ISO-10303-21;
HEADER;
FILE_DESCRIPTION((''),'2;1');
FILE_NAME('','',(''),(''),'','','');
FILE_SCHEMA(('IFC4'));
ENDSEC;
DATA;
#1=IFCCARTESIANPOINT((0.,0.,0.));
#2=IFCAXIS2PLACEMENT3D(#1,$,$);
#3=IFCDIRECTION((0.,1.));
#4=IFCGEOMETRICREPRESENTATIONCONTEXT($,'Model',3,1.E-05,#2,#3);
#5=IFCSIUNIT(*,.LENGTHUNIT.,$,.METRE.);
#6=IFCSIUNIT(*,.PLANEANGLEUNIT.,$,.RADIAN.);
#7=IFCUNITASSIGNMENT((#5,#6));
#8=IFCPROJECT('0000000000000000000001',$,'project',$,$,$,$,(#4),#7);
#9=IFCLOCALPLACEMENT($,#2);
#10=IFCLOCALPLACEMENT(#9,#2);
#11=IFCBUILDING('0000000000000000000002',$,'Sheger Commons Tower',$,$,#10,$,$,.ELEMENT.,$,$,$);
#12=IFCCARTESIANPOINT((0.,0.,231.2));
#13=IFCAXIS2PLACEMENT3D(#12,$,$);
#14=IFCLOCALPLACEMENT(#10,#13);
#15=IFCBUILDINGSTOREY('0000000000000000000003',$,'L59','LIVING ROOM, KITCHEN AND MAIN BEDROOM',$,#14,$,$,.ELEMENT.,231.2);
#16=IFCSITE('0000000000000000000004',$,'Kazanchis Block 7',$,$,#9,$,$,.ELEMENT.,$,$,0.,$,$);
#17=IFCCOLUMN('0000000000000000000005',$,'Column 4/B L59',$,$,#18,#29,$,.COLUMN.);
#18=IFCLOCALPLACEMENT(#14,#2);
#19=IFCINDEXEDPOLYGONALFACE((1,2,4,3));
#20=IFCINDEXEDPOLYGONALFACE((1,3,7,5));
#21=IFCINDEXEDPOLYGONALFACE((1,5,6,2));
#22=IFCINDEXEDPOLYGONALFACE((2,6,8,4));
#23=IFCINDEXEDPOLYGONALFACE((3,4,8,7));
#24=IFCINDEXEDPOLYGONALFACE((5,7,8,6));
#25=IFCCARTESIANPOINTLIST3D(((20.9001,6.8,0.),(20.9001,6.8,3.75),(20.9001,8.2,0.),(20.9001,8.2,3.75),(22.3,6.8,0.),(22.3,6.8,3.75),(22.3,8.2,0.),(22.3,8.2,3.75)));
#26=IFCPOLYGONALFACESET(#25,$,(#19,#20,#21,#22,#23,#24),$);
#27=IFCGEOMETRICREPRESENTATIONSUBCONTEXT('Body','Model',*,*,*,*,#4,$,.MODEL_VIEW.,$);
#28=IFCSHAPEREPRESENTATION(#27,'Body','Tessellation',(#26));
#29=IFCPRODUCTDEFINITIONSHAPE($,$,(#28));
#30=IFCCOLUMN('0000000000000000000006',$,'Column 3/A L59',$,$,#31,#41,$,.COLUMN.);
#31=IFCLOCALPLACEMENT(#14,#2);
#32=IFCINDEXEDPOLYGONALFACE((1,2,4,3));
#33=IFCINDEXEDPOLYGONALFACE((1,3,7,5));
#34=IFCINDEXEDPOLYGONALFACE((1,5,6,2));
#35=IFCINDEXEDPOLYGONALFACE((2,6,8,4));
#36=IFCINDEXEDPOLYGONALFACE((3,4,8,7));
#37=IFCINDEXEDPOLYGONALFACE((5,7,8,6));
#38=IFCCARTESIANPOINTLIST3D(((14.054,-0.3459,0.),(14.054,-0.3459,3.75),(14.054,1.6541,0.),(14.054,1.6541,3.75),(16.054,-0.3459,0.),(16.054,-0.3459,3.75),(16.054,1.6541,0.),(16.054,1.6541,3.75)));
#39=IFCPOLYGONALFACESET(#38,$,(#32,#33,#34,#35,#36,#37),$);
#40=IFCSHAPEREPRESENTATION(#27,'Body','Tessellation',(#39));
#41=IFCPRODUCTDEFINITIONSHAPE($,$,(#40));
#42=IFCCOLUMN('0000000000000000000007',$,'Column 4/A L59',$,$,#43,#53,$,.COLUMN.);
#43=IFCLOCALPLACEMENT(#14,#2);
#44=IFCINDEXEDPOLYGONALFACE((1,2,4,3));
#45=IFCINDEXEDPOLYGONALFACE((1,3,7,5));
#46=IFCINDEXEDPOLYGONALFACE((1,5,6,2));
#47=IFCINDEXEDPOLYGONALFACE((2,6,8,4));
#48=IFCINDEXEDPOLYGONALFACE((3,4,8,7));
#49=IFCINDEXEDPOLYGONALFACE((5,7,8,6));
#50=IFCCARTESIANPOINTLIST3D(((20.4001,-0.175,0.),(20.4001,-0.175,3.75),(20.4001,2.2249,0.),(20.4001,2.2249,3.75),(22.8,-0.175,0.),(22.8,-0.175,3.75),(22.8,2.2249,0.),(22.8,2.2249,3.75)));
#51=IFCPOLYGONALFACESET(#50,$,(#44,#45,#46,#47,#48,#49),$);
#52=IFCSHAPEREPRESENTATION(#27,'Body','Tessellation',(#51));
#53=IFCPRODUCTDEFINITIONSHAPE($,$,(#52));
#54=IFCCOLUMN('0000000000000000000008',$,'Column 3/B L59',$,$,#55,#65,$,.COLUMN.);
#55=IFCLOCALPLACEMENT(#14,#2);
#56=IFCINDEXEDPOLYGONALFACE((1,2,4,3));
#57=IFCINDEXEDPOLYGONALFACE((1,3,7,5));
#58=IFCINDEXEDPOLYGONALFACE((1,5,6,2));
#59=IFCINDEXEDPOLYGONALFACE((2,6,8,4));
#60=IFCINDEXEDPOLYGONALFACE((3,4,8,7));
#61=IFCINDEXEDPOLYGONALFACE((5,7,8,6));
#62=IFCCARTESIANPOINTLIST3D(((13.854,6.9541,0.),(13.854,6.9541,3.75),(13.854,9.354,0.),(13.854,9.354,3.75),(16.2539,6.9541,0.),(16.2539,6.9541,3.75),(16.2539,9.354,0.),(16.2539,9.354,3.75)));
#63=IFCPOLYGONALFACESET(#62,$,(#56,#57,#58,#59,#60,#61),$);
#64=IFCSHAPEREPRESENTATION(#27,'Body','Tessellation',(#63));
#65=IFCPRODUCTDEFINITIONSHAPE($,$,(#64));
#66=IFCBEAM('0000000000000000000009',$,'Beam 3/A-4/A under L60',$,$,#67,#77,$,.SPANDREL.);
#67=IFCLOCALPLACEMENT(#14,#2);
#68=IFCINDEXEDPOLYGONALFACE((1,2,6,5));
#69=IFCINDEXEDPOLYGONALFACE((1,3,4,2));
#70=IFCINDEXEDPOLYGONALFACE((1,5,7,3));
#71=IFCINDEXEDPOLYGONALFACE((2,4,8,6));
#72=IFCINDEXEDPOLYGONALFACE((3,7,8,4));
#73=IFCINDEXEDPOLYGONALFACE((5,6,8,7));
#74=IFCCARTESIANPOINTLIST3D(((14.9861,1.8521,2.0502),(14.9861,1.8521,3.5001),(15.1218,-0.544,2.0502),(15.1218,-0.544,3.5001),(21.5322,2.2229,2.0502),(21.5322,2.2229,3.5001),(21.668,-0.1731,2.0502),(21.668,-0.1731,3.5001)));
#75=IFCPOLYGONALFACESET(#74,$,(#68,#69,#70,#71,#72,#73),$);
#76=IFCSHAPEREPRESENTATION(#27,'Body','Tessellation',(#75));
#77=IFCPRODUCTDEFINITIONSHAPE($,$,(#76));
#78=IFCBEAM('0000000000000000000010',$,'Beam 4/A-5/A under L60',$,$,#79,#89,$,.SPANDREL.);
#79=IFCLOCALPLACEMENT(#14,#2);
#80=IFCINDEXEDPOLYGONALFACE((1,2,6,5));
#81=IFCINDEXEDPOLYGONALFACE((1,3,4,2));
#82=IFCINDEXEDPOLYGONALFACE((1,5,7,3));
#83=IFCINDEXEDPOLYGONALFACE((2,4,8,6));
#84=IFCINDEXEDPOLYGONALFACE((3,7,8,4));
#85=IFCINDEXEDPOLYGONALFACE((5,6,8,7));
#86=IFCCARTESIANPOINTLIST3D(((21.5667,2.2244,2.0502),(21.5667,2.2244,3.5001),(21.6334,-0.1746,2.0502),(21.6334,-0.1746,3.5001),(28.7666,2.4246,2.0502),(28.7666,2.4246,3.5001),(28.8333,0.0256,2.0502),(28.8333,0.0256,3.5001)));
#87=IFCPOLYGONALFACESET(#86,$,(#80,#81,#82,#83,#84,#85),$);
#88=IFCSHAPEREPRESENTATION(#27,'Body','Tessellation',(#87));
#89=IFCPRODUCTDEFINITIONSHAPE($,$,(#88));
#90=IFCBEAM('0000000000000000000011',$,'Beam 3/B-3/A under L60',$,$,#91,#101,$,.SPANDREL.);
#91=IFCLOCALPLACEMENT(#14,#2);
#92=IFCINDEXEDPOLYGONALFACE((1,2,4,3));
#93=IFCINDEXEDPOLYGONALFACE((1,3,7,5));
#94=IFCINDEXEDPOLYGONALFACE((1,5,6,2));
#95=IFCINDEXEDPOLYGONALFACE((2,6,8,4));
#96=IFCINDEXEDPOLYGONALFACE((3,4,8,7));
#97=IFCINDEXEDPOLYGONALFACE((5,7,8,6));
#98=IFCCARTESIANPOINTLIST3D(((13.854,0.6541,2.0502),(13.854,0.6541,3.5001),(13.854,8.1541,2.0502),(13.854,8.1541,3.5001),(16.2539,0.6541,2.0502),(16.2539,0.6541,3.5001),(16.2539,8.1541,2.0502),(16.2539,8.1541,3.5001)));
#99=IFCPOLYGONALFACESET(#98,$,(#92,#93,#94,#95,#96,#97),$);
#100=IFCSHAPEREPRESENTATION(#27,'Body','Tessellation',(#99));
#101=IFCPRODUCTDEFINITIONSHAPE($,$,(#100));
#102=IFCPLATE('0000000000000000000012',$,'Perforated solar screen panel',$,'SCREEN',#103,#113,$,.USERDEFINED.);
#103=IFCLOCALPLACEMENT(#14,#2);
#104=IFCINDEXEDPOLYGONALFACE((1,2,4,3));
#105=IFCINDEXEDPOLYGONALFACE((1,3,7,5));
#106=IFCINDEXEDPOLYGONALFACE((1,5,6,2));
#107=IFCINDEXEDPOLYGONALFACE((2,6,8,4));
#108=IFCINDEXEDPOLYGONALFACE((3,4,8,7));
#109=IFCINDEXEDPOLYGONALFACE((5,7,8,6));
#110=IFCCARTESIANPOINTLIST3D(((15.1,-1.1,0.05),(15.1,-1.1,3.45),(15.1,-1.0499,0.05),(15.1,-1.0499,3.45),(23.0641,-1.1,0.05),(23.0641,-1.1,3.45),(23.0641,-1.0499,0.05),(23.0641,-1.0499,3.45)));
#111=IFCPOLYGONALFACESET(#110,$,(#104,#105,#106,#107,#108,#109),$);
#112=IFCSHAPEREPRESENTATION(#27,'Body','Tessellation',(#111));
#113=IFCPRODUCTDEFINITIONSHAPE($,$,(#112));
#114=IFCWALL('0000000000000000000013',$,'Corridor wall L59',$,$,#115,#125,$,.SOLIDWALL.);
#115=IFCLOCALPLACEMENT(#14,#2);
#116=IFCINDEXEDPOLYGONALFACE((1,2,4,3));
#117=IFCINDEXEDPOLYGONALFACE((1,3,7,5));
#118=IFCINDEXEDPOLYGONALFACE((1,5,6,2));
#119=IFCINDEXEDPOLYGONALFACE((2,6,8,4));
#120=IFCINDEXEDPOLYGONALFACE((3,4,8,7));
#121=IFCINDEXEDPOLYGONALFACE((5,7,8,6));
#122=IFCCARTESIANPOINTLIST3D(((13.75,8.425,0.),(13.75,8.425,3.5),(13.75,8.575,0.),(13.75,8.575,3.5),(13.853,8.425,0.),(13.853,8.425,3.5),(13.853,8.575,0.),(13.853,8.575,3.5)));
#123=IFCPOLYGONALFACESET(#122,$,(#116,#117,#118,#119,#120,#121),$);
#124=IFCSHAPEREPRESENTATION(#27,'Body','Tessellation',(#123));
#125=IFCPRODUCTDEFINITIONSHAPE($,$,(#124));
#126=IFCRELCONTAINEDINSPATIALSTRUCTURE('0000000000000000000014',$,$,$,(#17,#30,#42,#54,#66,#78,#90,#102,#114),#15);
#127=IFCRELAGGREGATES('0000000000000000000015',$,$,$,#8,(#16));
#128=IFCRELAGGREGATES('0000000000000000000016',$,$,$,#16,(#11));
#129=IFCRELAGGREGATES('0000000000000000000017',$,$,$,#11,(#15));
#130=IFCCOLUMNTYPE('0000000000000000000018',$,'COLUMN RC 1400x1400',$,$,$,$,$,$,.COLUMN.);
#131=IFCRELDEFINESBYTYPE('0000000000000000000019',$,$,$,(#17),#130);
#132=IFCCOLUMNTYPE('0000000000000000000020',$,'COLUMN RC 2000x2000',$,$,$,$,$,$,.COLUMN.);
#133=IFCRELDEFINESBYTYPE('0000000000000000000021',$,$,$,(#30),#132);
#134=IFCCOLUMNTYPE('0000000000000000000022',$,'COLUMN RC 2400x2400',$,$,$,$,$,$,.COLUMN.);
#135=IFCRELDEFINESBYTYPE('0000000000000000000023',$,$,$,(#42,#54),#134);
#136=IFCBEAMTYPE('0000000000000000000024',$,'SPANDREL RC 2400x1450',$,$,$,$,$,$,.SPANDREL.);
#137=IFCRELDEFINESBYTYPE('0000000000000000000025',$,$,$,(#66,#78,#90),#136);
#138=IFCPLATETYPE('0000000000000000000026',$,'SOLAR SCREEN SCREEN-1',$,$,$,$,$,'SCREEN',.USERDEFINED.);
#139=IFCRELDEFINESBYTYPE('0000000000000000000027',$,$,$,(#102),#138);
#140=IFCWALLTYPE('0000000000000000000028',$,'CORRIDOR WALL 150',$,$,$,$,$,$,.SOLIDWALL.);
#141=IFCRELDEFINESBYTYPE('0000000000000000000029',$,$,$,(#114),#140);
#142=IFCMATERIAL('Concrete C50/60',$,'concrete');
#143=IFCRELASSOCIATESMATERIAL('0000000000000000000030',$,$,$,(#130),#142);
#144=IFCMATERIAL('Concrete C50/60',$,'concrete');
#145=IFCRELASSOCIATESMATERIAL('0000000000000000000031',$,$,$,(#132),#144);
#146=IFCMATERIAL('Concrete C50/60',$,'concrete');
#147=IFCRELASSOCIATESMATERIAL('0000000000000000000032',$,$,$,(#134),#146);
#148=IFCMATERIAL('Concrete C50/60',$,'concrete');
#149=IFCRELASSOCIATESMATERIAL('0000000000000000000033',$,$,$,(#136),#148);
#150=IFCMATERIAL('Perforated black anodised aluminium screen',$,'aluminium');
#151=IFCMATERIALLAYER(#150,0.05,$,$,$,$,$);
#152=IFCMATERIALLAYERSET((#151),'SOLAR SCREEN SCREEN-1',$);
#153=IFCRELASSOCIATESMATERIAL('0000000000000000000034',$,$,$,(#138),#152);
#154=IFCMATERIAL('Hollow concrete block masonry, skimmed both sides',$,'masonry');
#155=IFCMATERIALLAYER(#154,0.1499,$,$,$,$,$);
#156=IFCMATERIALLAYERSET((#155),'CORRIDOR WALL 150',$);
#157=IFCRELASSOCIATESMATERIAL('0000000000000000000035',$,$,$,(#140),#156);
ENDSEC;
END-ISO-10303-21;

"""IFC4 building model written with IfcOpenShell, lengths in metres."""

from ifc_helpers import new_model, si_unit, direction, frame, frame_2d, origin, origin_2d, place, context, subcontext, project, spatial, rectangle, extrude, material, layer, layer_set, material_profile, profile_set, type_object, element, save


model = new_model("IFC4")

# Units and contexts
model_context = context("Model", 3, precision=1e-05, world=origin(), true_north=direction((0.0, 1.0)))
body_context = subcontext(model_context, "Body", "Model", "MODEL_VIEW")
ifc_project = project(units=[si_unit("LENGTHUNIT", "METRE"), si_unit("PLANEANGLEUNIT", "RADIAN")], contexts=[model_context])

# Site, building, storey
site_placement = place(None, origin())
site = spatial("IfcSite", under=ifc_project, at=site_placement, Name="Kazanchis Block 7", CompositionType="ELEMENT", RefElevation=0.0)
building_placement = place(site_placement, origin())
building = spatial("IfcBuilding", under=site, at=building_placement, Name="Sheger Commons Tower", CompositionType="ELEMENT")
storey_placement = place(building_placement, frame((0.0, 0.0, 231.2)))
storey = spatial("IfcBuildingStorey", under=building, at=storey_placement, Name="L59", Description="LIVING ROOM, KITCHEN AND MAIN BEDROOM", CompositionType="ELEMENT", Elevation=231.2)

# Columns
ifc_material_1 = material(Name="Concrete C50/60", Category="concrete")
ifc_material_profile_1 = material_profile(ifc_material_1, rectangle(XDim=1.3999, YDim=1.3999, at=origin_2d()), Name="RC 1400x1400")
ifc_profile_set_1 = profile_set([ifc_material_profile_1], Name="Concrete C50/60")
column_type_1 = type_object("IfcColumnType", Name="COLUMN RC 1400x1400", PredefinedType="COLUMN", material=ifc_profile_set_1)
column_1_placement = place(storey_placement, frame((21.6001, 7.5, 0.0), z_axis=(0.0, 0.0, 1.0), x_axis=(1.0, 0.0, 0.0)))
element("IfcColumn", 1, at=column_1_placement, inside=storey, type_object=column_type_1, Name="Column 4/B L59", PredefinedType="COLUMN", context=body_context, shape_type="SweptSolid", body=[
    extrude(rectangle(XDim=1.3999, YDim=1.3999, at=origin_2d()), origin(), (0.0, 0.0, 1.0), 3.75),
])
ifc_material_2 = material(Name="Concrete C50/60", Category="concrete")
ifc_material_profile_2 = material_profile(ifc_material_2, rectangle(XDim=2.0, YDim=2.0, at=origin_2d()), Name="RC 2000x2000")
ifc_profile_set_2 = profile_set([ifc_material_profile_2], Name="Concrete C50/60")
column_type_2 = type_object("IfcColumnType", Name="COLUMN RC 2000x2000", PredefinedType="COLUMN", material=ifc_profile_set_2)
column_2_placement = place(storey_placement, frame((15.054, 0.6541, 0.0), z_axis=(0.0, 0.0, 1.0), x_axis=(1.0, 0.0, 0.0)))
element("IfcColumn", 2, at=column_2_placement, inside=storey, type_object=column_type_2, Name="Column 3/A L59", PredefinedType="COLUMN", context=body_context, shape_type="SweptSolid", body=[
    extrude(rectangle(XDim=2.0, YDim=2.0, at=origin_2d()), origin(), (0.0, 0.0, 1.0), 3.75),
])
ifc_material_3 = material(Name="Concrete C50/60", Category="concrete")
ifc_material_profile_3 = material_profile(ifc_material_3, rectangle(XDim=2.3999, YDim=2.3999, at=origin_2d()), Name="RC 2400x2400")
ifc_profile_set_3 = profile_set([ifc_material_profile_3], Name="Concrete C50/60")
column_type_3 = type_object("IfcColumnType", Name="COLUMN RC 2400x2400", PredefinedType="COLUMN", material=ifc_profile_set_3)
for number, where, z_axis, x_axis, name in (
    (3, (21.6001, 1.0249, 0.0), (0.0, 0.0, 1.0), (1.0, 0.0, 0.0), "Column 4/A L59"),
    (4, (15.054, 8.1541, 0.0), (0.0, 0.0, 1.0), (1.0, 0.0, 0.0), "Column 3/B L59"),
):
    element("IfcColumn", number, at=place(storey_placement, frame(where, z_axis=z_axis, x_axis=x_axis)), inside=storey, type_object=column_type_3, Name=name, PredefinedType="COLUMN", context=body_context, shape_type="SweptSolid", body=[
        extrude(rectangle(XDim=2.3999, YDim=2.3999, at=origin_2d()), origin(), (0.0, 0.0, 1.0), 3.75),
    ])

# Beams
ifc_material_4 = material(Name="Concrete C50/60", Category="concrete")
ifc_material_profile_4 = material_profile(ifc_material_4, rectangle(XDim=2.3999, YDim=1.45, at=origin_2d()), Name="RC 2400x1450")
ifc_profile_set_4 = profile_set([ifc_material_profile_4], Name="Concrete C50/60")
beam_type = type_object("IfcBeamType", Name="SPANDREL RC 2400x1450", PredefinedType="SPANDREL", material=ifc_profile_set_4)
beam_1_placement = place(storey_placement, frame((15.054, 0.6541, 2.7751), z_axis=(0.998399, 0.056561, 0.0), x_axis=(-0.056561, 0.998399, 0.0)))
element("IfcBeam", 5, at=beam_1_placement, inside=storey, type_object=beam_type, Name="Beam 3/A-4/A under L60", PredefinedType="SPANDREL", context=body_context, shape_type="SweptSolid", body=[
    extrude(rectangle(XDim=2.3999, YDim=1.45, at=origin_2d()), origin(), (0.0, 0.0, 1.0), 6.5566),
])
beam_2_placement = place(storey_placement, frame((21.6001, 1.0249, 2.7751), z_axis=(0.999614, 0.027794, 0.0), x_axis=(-0.027794, 0.999614, 0.0)))
element("IfcBeam", 6, at=beam_2_placement, inside=storey, type_object=beam_type, Name="Beam 4/A-5/A under L60", PredefinedType="SPANDREL", context=body_context, shape_type="SweptSolid", body=[
    extrude(rectangle(XDim=2.3999, YDim=1.45, at=origin_2d()), origin(), (0.0, 0.0, 1.0), 7.2026),
])
beam_3_placement = place(storey_placement, frame((15.054, 8.1541, 2.7751), z_axis=(0.0, -1.0, 0.0), x_axis=(1.0, 0.0, 0.0)))
element("IfcBeam", 7, at=beam_3_placement, inside=storey, type_object=beam_type, Name="Beam 3/B-3/A under L60", PredefinedType="SPANDREL", context=body_context, shape_type="SweptSolid", body=[
    extrude(rectangle(XDim=2.3999, YDim=1.45, at=origin_2d()), origin(), (0.0, 0.0, 1.0), 7.5),
])

# Plate
ifc_material_5 = material(Name="Perforated black anodised aluminium screen", Category="aluminium")
ifc_layer_1 = layer(ifc_material_5, 0.05)
ifc_layer_set_1 = layer_set([ifc_layer_1], Name="SOLAR SCREEN SCREEN-1")
plate_type = type_object("IfcPlateType", Name="SOLAR SCREEN SCREEN-1", ElementType="SCREEN", PredefinedType="USERDEFINED", material=ifc_layer_set_1)
plate_placement = place(storey_placement, frame((19.082, -1.075, 0.05), z_axis=(0.0, 0.0, 1.0), x_axis=(1.0, 0.0, 0.0)))
element("IfcPlate", 8, at=plate_placement, inside=storey, type_object=plate_type, Name="Perforated solar screen panel", ObjectType="SCREEN", PredefinedType="USERDEFINED", context=body_context, shape_type="SweptSolid", body=[
    extrude(rectangle(XDim=7.9641, YDim=0.05, at=origin_2d()), origin(), (0.0, 0.0, 1.0), 3.3999),
])

# Wall
ifc_material_6 = material(Name="Hollow concrete block masonry, skimmed both sides", Category="masonry")
ifc_layer_2 = layer(ifc_material_6, 0.1499)
ifc_layer_set_2 = layer_set([ifc_layer_2], Name="CORRIDOR WALL 150")
wall_type_1 = type_object("IfcWallType", Name="CORRIDOR WALL 150", PredefinedType="SOLIDWALL", material=ifc_layer_set_2)
wall_1_placement = place(storey_placement, frame((13.853, 8.5, 0.0), z_axis=(0.0, 0.0, 1.0), x_axis=(-1.0, 0.0, 0.0)))
element("IfcWall", 9, at=wall_1_placement, inside=storey, type_object=wall_type_1, Name="Corridor wall L59", PredefinedType="SOLIDWALL", context=body_context, shape_type="SweptSolid", body=[
    extrude(rectangle(XDim=0.103, YDim=0.1499, at=frame_2d((0.0515, 0.0))), origin(), (0.0, 0.0, 1.0), 3.5),
])

save(model, "model.ifc")
